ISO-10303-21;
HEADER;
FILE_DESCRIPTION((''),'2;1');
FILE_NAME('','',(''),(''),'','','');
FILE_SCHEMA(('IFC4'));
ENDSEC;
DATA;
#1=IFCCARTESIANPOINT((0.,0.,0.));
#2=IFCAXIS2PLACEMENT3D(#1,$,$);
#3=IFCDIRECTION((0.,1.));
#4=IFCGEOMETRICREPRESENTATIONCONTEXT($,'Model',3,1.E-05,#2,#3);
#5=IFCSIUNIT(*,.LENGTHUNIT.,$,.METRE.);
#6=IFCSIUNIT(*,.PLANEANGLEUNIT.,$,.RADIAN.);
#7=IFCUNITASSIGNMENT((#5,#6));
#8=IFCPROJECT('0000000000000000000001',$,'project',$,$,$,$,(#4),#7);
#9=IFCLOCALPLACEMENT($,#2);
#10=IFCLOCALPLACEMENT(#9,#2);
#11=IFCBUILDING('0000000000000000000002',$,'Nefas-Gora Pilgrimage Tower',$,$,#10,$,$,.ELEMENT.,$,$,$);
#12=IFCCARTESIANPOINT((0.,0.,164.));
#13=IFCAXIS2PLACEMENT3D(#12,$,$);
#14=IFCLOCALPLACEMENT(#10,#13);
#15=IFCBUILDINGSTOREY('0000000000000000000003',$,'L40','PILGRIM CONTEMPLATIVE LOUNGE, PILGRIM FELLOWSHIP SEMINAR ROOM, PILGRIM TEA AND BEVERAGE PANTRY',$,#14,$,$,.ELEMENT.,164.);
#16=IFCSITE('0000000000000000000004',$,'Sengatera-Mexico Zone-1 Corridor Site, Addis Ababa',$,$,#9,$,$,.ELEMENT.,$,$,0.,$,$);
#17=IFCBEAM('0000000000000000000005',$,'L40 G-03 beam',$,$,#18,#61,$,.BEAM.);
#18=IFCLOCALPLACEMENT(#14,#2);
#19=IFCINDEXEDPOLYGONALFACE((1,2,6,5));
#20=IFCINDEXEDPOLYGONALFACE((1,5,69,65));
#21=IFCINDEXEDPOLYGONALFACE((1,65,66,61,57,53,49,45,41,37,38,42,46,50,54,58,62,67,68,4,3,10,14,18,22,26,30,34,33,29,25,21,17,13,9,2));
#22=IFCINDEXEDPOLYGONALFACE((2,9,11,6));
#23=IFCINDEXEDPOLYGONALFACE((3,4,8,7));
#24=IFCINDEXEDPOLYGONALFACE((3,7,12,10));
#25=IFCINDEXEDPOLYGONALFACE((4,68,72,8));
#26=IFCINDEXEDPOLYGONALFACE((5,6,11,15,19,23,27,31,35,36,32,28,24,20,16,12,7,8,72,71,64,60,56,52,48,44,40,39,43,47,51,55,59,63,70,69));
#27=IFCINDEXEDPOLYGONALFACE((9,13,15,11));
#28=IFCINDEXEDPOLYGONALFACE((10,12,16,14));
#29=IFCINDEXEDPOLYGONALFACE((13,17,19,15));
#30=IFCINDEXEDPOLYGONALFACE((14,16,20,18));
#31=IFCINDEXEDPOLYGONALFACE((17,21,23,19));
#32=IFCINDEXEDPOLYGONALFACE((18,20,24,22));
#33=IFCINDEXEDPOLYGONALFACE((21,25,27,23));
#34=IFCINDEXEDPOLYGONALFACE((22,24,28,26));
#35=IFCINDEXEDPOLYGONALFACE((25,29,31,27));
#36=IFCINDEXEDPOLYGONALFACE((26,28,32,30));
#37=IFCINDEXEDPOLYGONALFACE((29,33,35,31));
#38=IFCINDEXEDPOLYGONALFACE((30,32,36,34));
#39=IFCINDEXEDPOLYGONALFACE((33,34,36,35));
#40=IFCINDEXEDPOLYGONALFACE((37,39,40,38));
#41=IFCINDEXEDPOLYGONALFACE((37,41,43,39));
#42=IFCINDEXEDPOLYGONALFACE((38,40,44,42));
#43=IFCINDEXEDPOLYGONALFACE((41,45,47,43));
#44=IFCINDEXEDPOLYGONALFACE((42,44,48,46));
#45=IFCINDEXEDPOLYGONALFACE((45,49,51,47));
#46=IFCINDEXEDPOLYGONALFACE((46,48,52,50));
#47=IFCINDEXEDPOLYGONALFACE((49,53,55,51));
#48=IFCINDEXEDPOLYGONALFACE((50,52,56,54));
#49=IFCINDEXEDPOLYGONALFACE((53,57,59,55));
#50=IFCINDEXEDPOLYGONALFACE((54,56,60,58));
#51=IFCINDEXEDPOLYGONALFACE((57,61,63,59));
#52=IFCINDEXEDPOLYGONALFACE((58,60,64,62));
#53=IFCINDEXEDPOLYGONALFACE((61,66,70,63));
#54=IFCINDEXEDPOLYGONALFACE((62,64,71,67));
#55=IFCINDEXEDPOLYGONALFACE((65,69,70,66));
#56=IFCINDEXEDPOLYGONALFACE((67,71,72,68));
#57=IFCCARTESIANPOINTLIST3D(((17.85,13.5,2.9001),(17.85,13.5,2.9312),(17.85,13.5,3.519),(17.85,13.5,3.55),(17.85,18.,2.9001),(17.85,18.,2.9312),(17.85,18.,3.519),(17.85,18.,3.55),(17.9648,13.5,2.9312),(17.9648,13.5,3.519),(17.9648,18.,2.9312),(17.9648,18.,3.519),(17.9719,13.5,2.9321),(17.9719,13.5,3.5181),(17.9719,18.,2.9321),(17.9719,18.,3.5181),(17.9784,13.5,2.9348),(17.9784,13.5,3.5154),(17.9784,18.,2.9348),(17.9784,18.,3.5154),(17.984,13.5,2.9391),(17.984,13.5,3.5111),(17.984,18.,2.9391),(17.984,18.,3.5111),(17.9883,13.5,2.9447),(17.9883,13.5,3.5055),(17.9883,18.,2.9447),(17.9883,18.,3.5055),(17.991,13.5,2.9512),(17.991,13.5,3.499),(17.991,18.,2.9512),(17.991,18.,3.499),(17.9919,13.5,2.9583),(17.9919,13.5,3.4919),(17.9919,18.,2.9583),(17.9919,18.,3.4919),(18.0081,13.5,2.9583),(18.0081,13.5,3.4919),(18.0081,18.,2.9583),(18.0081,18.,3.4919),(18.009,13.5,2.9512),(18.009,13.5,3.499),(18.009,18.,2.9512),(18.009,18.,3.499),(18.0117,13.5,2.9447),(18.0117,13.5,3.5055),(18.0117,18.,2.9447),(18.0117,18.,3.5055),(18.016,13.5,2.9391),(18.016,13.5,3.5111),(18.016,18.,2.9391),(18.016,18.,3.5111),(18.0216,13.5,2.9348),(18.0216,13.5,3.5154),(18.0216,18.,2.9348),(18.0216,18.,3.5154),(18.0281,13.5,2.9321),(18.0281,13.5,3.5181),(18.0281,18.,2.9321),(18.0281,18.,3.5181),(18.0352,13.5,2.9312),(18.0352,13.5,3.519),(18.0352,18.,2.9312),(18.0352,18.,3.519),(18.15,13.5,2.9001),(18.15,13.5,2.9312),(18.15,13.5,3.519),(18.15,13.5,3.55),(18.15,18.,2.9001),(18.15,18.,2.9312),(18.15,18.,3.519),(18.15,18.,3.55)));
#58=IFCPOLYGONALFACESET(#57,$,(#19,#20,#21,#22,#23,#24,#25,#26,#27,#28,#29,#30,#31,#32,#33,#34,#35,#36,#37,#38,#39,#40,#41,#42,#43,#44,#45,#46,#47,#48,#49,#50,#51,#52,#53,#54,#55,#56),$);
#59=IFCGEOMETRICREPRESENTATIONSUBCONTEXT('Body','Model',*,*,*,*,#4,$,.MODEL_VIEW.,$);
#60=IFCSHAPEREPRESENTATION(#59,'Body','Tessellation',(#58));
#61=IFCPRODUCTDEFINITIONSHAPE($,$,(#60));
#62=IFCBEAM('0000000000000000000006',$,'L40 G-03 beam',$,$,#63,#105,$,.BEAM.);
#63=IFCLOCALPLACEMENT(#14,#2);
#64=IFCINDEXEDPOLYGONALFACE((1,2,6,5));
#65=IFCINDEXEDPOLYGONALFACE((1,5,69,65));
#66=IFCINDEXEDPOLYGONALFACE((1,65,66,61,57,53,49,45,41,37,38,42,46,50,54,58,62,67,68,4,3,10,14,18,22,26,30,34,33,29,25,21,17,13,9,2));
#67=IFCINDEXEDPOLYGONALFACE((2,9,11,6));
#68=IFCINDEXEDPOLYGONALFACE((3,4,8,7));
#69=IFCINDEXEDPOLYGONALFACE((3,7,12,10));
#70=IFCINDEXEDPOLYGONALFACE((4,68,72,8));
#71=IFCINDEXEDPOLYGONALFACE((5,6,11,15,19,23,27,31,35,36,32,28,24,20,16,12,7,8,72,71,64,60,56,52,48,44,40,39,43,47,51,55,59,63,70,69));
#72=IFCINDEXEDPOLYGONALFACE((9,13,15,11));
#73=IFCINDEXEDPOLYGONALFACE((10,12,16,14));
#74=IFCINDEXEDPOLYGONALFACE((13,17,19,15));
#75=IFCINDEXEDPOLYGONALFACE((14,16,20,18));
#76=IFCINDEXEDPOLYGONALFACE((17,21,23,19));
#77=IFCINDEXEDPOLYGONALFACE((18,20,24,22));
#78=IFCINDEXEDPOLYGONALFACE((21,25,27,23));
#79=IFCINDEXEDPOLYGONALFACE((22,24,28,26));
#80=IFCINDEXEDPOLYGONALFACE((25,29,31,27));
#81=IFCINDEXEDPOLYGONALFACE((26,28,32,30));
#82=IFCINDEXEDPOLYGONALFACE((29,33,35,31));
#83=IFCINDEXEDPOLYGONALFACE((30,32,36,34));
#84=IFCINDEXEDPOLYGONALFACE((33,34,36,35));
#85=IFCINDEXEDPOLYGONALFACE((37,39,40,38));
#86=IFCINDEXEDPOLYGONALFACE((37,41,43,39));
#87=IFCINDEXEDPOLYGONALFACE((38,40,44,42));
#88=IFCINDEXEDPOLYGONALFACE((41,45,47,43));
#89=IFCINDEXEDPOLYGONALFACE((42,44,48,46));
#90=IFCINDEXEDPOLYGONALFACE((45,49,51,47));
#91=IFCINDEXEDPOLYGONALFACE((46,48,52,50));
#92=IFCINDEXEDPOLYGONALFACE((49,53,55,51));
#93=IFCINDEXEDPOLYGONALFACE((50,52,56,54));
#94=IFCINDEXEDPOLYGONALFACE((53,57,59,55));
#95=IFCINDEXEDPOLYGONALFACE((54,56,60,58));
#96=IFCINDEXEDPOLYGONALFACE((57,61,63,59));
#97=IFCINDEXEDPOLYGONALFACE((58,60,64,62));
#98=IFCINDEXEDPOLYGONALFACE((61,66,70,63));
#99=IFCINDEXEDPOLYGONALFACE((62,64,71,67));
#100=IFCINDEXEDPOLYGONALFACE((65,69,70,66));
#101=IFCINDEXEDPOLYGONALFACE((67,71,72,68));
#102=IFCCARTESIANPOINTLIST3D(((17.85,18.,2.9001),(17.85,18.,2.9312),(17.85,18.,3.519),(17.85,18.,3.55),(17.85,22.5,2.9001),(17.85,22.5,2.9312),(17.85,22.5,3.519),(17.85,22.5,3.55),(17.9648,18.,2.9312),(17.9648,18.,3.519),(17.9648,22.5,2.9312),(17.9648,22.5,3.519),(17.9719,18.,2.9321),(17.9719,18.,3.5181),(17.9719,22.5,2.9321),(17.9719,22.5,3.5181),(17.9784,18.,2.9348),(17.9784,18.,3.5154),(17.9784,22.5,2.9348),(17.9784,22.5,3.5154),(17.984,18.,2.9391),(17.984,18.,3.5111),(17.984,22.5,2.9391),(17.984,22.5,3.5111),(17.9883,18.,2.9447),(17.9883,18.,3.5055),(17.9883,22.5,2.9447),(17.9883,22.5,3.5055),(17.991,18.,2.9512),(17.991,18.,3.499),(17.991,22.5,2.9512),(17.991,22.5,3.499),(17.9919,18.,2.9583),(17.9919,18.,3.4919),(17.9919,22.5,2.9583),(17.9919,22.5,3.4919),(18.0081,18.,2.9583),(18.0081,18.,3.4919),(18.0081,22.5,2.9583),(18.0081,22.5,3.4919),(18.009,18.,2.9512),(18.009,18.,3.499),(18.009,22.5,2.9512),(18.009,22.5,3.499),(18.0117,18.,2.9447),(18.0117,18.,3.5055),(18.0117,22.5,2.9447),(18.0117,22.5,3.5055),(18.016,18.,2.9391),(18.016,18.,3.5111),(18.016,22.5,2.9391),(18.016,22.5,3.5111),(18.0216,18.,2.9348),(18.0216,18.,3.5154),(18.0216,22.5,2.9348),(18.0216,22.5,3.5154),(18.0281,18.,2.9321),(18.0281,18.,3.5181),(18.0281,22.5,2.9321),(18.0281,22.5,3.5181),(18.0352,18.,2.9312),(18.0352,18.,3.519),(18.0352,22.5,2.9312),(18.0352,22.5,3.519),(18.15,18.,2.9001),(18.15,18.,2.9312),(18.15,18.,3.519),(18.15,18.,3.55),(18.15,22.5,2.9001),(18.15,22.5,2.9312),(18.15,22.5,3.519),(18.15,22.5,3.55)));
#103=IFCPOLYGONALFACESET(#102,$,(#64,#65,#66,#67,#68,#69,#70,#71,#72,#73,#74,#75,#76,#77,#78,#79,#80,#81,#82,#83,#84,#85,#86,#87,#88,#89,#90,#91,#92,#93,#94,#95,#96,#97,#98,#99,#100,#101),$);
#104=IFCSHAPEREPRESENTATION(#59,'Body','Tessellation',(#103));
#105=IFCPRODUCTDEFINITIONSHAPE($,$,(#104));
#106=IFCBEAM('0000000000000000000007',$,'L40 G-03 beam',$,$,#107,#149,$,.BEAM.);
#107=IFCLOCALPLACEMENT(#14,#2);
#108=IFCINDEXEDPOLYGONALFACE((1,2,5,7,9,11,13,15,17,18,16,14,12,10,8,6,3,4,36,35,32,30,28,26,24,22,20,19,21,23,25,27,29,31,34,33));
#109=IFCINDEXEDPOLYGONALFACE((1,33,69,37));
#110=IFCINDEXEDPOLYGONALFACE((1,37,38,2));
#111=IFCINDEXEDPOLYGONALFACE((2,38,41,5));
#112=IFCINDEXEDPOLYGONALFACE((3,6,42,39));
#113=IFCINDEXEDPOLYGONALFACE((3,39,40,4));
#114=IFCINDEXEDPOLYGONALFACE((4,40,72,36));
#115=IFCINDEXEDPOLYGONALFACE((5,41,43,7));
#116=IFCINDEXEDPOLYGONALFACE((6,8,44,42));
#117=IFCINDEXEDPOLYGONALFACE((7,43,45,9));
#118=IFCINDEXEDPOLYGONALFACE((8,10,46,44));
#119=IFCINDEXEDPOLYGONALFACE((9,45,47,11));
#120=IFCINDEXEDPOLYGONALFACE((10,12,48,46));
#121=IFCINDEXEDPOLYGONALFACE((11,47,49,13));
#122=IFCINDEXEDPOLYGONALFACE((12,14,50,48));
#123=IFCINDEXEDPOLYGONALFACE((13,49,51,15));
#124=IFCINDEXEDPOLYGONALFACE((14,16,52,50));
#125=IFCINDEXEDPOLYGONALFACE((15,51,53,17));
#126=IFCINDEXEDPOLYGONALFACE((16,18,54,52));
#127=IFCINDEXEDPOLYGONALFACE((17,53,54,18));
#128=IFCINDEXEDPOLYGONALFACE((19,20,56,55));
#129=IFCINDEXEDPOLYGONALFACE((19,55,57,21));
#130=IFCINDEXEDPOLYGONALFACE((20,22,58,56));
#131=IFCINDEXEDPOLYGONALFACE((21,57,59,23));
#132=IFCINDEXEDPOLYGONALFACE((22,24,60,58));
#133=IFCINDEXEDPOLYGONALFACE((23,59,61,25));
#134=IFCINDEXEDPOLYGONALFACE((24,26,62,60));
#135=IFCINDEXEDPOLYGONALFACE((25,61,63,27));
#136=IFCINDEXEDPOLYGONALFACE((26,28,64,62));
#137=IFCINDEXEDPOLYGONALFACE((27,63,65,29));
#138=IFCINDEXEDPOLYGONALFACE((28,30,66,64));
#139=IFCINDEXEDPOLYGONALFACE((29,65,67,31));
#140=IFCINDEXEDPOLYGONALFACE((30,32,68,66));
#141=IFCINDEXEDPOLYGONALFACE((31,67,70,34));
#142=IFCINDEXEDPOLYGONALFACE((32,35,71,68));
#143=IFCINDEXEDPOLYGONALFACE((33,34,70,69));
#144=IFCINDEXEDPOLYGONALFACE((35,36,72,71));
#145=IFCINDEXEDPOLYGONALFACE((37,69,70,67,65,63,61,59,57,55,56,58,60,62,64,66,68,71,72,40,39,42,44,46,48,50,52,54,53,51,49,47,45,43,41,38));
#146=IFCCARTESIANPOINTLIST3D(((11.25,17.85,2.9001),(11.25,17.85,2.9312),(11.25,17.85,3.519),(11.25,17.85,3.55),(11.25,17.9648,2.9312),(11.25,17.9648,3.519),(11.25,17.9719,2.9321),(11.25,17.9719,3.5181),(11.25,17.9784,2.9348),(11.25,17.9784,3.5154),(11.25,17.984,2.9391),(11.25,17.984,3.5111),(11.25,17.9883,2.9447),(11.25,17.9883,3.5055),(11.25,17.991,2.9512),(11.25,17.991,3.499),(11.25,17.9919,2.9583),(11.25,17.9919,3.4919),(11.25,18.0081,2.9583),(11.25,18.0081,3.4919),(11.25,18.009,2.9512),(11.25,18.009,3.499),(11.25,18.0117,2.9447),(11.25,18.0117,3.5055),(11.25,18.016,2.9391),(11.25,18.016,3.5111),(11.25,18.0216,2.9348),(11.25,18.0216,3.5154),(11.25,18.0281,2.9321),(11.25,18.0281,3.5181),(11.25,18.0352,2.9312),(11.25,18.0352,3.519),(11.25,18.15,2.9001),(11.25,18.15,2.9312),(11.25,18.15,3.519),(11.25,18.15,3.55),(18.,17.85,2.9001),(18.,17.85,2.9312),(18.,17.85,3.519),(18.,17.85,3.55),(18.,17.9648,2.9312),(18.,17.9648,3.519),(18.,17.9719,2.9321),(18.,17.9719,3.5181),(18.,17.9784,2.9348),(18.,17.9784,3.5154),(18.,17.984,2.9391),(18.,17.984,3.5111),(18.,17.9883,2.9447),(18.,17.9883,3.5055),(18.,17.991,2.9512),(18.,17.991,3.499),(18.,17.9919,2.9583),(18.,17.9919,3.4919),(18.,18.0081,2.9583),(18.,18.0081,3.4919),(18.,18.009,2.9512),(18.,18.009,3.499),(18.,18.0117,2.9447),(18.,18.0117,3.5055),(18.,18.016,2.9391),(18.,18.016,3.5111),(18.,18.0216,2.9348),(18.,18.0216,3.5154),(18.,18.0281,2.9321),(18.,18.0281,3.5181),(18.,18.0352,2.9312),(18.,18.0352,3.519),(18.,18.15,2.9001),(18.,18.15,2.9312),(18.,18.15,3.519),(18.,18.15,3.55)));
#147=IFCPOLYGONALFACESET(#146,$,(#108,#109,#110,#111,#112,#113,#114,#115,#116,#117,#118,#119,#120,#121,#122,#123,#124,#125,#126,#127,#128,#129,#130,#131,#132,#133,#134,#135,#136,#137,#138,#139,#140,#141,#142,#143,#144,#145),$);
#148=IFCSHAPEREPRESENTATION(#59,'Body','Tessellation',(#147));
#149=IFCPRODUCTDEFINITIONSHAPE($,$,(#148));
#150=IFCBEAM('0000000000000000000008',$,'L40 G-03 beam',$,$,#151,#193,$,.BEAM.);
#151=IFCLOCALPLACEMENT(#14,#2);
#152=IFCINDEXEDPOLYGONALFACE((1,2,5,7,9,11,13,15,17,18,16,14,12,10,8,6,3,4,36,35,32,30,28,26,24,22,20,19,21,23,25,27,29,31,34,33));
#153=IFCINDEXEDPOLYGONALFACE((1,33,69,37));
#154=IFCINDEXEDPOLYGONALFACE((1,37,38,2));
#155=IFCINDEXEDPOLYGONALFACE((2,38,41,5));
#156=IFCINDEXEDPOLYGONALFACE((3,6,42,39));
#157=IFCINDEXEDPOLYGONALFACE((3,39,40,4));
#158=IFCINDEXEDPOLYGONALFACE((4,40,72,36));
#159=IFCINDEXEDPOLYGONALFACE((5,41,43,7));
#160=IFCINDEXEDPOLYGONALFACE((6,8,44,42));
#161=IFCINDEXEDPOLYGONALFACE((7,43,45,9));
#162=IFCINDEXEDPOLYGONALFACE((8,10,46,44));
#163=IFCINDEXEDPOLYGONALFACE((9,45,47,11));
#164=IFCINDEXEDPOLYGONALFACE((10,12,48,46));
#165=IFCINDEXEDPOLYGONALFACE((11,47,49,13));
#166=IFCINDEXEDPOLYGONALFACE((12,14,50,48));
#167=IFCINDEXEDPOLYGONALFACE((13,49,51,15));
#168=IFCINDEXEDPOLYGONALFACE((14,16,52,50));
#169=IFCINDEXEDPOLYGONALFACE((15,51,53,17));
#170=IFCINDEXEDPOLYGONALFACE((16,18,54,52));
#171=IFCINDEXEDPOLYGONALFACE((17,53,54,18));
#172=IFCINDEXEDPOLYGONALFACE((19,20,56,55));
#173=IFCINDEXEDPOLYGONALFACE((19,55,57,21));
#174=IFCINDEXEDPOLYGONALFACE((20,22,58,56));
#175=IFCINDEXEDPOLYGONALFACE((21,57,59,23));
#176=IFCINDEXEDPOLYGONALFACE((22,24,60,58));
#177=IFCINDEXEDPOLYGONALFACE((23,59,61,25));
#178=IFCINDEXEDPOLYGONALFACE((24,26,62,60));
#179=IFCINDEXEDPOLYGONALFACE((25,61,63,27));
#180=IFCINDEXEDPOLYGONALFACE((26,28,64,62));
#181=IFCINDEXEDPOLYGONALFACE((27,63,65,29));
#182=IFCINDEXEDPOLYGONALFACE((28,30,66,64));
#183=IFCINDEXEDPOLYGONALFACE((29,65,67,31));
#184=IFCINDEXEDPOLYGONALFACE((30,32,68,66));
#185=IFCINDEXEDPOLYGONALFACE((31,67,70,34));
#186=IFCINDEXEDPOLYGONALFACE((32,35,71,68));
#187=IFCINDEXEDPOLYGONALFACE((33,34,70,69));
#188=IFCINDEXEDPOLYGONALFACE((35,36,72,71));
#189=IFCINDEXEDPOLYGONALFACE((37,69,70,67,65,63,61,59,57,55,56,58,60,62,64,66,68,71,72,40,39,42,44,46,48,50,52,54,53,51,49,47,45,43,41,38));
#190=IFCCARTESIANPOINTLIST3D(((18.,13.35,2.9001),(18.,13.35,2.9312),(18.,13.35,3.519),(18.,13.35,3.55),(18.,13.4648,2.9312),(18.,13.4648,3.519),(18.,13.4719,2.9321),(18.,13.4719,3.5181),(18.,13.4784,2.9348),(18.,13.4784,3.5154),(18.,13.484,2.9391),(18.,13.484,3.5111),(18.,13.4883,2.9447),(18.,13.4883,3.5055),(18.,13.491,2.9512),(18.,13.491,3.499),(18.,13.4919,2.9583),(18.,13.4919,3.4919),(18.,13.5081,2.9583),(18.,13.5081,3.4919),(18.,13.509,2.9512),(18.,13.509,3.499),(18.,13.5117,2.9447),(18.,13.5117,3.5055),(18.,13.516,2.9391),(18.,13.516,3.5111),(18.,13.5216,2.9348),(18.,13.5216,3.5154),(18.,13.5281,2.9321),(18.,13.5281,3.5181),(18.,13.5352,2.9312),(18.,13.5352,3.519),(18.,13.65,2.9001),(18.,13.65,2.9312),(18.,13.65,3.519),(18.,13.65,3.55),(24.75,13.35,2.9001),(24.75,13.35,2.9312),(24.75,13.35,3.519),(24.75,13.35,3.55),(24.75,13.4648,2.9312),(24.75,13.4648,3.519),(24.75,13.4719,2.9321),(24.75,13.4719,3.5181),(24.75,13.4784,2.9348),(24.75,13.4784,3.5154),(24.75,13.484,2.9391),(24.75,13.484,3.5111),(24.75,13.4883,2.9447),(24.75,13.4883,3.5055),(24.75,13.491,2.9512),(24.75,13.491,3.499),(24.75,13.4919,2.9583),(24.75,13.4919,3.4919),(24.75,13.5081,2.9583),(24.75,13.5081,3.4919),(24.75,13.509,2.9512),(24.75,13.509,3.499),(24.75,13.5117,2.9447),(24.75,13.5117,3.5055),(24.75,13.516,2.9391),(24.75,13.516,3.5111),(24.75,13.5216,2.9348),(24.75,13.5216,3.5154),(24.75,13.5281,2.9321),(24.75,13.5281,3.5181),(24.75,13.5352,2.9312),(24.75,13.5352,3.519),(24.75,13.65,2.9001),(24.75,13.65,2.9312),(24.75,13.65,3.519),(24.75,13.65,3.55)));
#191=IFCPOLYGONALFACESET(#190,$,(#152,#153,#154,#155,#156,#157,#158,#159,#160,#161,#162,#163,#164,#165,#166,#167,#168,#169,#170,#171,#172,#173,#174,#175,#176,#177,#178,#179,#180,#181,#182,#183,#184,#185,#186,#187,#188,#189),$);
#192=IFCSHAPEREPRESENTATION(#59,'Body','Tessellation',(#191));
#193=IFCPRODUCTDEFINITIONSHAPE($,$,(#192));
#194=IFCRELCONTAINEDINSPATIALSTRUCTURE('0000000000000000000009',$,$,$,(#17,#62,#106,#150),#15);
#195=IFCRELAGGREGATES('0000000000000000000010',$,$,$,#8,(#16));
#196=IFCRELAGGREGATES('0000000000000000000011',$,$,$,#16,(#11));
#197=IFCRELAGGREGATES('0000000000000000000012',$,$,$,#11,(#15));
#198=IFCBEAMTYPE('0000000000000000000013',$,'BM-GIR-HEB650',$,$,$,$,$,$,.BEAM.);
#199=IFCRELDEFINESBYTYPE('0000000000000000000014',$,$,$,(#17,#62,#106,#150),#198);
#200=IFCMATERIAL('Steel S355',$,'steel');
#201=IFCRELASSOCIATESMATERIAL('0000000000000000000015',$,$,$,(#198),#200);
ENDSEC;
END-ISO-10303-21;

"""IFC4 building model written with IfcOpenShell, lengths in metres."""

from ifc_helpers import new_model, si_unit, direction, frame, origin, origin_2d, place, context, subcontext, project, spatial, i_section, extrude, source, transform, mapped, material, material_profile, profile_set, type_object, element, save


model = new_model("IFC4")

# Units and contexts
model_context = context("Model", 3, precision=1e-05, world=origin(), true_north=direction((0.0, 1.0)))
body_context = subcontext(model_context, "Body", "Model", "MODEL_VIEW")
ifc_project = project(units=[si_unit("LENGTHUNIT", "METRE"), si_unit("PLANEANGLEUNIT", "RADIAN")], contexts=[model_context])

# Site, building, storey
site_placement = place(None, origin())
site = spatial("IfcSite", under=ifc_project, at=site_placement, Name="Sengatera-Mexico Zone-1 Corridor Site, Addis Ababa", CompositionType="ELEMENT", RefElevation=0.0)
building_placement = place(site_placement, origin())
building = spatial("IfcBuilding", under=site, at=building_placement, Name="Nefas-Gora Pilgrimage Tower", CompositionType="ELEMENT")
storey_placement = place(building_placement, frame((0.0, 0.0, 164.0)))
storey = spatial("IfcBuildingStorey", under=building, at=storey_placement, Name="L40", Description="PILGRIM CONTEMPLATIVE LOUNGE, PILGRIM FELLOWSHIP SEMINAR ROOM, PILGRIM TEA AND BEVERAGE PANTRY", CompositionType="ELEMENT", Elevation=164.0)

# Beams
ifc_material_1 = material(Name="Steel S355", Category="steel")
ifc_material_profile_1 = material_profile(ifc_material_1, i_section(OverallWidth=0.3, OverallDepth=0.6499, WebThickness=0.0161, FlangeThickness=0.031, FilletRadius=0.0271, at=origin_2d()), Name="HEB 650")
ifc_profile_set_1 = profile_set([ifc_material_profile_1], Name="Steel S355")
beam_type_1 = type_object("IfcBeamType", Name="BM-GIR-HEB650", PredefinedType="BEAM", material=ifc_profile_set_1)
shared_shape_1 = source(origin(), body_context, "Body", "SweptSolid", [
    extrude(i_section(OverallWidth=0.3, OverallDepth=0.6499, WebThickness=0.0161, FlangeThickness=0.031, FilletRadius=0.0271, at=origin_2d()), origin(), (0.0, 0.0, 1.0), 4.5),
])
for number, where, z_axis, x_axis, name in (
    (1, (18.0, 13.5, 3.2251), (0.0, 1.0, 0.0), (-1.0, 0.0, 0.0), "L40 G-03 beam"),
    (2, (18.0, 18.0, 3.2251), (0.0, 1.0, 0.0), (-1.0, 0.0, 0.0), "L40 G-03 beam"),
):
    element("IfcBeam", number, at=place(storey_placement, frame(where, z_axis=z_axis, x_axis=x_axis)), inside=storey, type_object=beam_type_1, Name=name, PredefinedType="BEAM", context=body_context, shape_type="MappedRepresentation", body=[
        mapped(shared_shape_1, transform((0.0, 0.0, 0.0), x_axis=(1.0, 0.0, 0.0), y_axis=(0.0, 1.0, 0.0), z_axis=(0.0, 0.0, 1.0), scale=1.0)),
    ])
shared_shape_2 = source(origin(), body_context, "Body", "SweptSolid", [
    extrude(i_section(OverallWidth=0.3, OverallDepth=0.6499, WebThickness=0.0161, FlangeThickness=0.031, FilletRadius=0.0271, at=origin_2d()), origin(), (0.0, 0.0, 1.0), 6.75),
])
for number, where, z_axis, x_axis, name in (
    (3, (11.25, 18.0, 3.2251), (1.0, 0.0, 0.0), (0.0, 1.0, 0.0), "L40 G-03 beam"),
    (4, (18.0, 13.5, 3.2251), (1.0, 0.0, 0.0), (0.0, 1.0, 0.0), "L40 G-03 beam"),
):
    element("IfcBeam", number, at=place(storey_placement, frame(where, z_axis=z_axis, x_axis=x_axis)), inside=storey, type_object=beam_type_1, Name=name, PredefinedType="BEAM", context=body_context, shape_type="MappedRepresentation", body=[
        mapped(shared_shape_2, transform((0.0, 0.0, 0.0), x_axis=(1.0, 0.0, 0.0), y_axis=(0.0, 1.0, 0.0), z_axis=(0.0, 0.0, 1.0), scale=1.0)),
    ])

save(model, "model.ifc")
